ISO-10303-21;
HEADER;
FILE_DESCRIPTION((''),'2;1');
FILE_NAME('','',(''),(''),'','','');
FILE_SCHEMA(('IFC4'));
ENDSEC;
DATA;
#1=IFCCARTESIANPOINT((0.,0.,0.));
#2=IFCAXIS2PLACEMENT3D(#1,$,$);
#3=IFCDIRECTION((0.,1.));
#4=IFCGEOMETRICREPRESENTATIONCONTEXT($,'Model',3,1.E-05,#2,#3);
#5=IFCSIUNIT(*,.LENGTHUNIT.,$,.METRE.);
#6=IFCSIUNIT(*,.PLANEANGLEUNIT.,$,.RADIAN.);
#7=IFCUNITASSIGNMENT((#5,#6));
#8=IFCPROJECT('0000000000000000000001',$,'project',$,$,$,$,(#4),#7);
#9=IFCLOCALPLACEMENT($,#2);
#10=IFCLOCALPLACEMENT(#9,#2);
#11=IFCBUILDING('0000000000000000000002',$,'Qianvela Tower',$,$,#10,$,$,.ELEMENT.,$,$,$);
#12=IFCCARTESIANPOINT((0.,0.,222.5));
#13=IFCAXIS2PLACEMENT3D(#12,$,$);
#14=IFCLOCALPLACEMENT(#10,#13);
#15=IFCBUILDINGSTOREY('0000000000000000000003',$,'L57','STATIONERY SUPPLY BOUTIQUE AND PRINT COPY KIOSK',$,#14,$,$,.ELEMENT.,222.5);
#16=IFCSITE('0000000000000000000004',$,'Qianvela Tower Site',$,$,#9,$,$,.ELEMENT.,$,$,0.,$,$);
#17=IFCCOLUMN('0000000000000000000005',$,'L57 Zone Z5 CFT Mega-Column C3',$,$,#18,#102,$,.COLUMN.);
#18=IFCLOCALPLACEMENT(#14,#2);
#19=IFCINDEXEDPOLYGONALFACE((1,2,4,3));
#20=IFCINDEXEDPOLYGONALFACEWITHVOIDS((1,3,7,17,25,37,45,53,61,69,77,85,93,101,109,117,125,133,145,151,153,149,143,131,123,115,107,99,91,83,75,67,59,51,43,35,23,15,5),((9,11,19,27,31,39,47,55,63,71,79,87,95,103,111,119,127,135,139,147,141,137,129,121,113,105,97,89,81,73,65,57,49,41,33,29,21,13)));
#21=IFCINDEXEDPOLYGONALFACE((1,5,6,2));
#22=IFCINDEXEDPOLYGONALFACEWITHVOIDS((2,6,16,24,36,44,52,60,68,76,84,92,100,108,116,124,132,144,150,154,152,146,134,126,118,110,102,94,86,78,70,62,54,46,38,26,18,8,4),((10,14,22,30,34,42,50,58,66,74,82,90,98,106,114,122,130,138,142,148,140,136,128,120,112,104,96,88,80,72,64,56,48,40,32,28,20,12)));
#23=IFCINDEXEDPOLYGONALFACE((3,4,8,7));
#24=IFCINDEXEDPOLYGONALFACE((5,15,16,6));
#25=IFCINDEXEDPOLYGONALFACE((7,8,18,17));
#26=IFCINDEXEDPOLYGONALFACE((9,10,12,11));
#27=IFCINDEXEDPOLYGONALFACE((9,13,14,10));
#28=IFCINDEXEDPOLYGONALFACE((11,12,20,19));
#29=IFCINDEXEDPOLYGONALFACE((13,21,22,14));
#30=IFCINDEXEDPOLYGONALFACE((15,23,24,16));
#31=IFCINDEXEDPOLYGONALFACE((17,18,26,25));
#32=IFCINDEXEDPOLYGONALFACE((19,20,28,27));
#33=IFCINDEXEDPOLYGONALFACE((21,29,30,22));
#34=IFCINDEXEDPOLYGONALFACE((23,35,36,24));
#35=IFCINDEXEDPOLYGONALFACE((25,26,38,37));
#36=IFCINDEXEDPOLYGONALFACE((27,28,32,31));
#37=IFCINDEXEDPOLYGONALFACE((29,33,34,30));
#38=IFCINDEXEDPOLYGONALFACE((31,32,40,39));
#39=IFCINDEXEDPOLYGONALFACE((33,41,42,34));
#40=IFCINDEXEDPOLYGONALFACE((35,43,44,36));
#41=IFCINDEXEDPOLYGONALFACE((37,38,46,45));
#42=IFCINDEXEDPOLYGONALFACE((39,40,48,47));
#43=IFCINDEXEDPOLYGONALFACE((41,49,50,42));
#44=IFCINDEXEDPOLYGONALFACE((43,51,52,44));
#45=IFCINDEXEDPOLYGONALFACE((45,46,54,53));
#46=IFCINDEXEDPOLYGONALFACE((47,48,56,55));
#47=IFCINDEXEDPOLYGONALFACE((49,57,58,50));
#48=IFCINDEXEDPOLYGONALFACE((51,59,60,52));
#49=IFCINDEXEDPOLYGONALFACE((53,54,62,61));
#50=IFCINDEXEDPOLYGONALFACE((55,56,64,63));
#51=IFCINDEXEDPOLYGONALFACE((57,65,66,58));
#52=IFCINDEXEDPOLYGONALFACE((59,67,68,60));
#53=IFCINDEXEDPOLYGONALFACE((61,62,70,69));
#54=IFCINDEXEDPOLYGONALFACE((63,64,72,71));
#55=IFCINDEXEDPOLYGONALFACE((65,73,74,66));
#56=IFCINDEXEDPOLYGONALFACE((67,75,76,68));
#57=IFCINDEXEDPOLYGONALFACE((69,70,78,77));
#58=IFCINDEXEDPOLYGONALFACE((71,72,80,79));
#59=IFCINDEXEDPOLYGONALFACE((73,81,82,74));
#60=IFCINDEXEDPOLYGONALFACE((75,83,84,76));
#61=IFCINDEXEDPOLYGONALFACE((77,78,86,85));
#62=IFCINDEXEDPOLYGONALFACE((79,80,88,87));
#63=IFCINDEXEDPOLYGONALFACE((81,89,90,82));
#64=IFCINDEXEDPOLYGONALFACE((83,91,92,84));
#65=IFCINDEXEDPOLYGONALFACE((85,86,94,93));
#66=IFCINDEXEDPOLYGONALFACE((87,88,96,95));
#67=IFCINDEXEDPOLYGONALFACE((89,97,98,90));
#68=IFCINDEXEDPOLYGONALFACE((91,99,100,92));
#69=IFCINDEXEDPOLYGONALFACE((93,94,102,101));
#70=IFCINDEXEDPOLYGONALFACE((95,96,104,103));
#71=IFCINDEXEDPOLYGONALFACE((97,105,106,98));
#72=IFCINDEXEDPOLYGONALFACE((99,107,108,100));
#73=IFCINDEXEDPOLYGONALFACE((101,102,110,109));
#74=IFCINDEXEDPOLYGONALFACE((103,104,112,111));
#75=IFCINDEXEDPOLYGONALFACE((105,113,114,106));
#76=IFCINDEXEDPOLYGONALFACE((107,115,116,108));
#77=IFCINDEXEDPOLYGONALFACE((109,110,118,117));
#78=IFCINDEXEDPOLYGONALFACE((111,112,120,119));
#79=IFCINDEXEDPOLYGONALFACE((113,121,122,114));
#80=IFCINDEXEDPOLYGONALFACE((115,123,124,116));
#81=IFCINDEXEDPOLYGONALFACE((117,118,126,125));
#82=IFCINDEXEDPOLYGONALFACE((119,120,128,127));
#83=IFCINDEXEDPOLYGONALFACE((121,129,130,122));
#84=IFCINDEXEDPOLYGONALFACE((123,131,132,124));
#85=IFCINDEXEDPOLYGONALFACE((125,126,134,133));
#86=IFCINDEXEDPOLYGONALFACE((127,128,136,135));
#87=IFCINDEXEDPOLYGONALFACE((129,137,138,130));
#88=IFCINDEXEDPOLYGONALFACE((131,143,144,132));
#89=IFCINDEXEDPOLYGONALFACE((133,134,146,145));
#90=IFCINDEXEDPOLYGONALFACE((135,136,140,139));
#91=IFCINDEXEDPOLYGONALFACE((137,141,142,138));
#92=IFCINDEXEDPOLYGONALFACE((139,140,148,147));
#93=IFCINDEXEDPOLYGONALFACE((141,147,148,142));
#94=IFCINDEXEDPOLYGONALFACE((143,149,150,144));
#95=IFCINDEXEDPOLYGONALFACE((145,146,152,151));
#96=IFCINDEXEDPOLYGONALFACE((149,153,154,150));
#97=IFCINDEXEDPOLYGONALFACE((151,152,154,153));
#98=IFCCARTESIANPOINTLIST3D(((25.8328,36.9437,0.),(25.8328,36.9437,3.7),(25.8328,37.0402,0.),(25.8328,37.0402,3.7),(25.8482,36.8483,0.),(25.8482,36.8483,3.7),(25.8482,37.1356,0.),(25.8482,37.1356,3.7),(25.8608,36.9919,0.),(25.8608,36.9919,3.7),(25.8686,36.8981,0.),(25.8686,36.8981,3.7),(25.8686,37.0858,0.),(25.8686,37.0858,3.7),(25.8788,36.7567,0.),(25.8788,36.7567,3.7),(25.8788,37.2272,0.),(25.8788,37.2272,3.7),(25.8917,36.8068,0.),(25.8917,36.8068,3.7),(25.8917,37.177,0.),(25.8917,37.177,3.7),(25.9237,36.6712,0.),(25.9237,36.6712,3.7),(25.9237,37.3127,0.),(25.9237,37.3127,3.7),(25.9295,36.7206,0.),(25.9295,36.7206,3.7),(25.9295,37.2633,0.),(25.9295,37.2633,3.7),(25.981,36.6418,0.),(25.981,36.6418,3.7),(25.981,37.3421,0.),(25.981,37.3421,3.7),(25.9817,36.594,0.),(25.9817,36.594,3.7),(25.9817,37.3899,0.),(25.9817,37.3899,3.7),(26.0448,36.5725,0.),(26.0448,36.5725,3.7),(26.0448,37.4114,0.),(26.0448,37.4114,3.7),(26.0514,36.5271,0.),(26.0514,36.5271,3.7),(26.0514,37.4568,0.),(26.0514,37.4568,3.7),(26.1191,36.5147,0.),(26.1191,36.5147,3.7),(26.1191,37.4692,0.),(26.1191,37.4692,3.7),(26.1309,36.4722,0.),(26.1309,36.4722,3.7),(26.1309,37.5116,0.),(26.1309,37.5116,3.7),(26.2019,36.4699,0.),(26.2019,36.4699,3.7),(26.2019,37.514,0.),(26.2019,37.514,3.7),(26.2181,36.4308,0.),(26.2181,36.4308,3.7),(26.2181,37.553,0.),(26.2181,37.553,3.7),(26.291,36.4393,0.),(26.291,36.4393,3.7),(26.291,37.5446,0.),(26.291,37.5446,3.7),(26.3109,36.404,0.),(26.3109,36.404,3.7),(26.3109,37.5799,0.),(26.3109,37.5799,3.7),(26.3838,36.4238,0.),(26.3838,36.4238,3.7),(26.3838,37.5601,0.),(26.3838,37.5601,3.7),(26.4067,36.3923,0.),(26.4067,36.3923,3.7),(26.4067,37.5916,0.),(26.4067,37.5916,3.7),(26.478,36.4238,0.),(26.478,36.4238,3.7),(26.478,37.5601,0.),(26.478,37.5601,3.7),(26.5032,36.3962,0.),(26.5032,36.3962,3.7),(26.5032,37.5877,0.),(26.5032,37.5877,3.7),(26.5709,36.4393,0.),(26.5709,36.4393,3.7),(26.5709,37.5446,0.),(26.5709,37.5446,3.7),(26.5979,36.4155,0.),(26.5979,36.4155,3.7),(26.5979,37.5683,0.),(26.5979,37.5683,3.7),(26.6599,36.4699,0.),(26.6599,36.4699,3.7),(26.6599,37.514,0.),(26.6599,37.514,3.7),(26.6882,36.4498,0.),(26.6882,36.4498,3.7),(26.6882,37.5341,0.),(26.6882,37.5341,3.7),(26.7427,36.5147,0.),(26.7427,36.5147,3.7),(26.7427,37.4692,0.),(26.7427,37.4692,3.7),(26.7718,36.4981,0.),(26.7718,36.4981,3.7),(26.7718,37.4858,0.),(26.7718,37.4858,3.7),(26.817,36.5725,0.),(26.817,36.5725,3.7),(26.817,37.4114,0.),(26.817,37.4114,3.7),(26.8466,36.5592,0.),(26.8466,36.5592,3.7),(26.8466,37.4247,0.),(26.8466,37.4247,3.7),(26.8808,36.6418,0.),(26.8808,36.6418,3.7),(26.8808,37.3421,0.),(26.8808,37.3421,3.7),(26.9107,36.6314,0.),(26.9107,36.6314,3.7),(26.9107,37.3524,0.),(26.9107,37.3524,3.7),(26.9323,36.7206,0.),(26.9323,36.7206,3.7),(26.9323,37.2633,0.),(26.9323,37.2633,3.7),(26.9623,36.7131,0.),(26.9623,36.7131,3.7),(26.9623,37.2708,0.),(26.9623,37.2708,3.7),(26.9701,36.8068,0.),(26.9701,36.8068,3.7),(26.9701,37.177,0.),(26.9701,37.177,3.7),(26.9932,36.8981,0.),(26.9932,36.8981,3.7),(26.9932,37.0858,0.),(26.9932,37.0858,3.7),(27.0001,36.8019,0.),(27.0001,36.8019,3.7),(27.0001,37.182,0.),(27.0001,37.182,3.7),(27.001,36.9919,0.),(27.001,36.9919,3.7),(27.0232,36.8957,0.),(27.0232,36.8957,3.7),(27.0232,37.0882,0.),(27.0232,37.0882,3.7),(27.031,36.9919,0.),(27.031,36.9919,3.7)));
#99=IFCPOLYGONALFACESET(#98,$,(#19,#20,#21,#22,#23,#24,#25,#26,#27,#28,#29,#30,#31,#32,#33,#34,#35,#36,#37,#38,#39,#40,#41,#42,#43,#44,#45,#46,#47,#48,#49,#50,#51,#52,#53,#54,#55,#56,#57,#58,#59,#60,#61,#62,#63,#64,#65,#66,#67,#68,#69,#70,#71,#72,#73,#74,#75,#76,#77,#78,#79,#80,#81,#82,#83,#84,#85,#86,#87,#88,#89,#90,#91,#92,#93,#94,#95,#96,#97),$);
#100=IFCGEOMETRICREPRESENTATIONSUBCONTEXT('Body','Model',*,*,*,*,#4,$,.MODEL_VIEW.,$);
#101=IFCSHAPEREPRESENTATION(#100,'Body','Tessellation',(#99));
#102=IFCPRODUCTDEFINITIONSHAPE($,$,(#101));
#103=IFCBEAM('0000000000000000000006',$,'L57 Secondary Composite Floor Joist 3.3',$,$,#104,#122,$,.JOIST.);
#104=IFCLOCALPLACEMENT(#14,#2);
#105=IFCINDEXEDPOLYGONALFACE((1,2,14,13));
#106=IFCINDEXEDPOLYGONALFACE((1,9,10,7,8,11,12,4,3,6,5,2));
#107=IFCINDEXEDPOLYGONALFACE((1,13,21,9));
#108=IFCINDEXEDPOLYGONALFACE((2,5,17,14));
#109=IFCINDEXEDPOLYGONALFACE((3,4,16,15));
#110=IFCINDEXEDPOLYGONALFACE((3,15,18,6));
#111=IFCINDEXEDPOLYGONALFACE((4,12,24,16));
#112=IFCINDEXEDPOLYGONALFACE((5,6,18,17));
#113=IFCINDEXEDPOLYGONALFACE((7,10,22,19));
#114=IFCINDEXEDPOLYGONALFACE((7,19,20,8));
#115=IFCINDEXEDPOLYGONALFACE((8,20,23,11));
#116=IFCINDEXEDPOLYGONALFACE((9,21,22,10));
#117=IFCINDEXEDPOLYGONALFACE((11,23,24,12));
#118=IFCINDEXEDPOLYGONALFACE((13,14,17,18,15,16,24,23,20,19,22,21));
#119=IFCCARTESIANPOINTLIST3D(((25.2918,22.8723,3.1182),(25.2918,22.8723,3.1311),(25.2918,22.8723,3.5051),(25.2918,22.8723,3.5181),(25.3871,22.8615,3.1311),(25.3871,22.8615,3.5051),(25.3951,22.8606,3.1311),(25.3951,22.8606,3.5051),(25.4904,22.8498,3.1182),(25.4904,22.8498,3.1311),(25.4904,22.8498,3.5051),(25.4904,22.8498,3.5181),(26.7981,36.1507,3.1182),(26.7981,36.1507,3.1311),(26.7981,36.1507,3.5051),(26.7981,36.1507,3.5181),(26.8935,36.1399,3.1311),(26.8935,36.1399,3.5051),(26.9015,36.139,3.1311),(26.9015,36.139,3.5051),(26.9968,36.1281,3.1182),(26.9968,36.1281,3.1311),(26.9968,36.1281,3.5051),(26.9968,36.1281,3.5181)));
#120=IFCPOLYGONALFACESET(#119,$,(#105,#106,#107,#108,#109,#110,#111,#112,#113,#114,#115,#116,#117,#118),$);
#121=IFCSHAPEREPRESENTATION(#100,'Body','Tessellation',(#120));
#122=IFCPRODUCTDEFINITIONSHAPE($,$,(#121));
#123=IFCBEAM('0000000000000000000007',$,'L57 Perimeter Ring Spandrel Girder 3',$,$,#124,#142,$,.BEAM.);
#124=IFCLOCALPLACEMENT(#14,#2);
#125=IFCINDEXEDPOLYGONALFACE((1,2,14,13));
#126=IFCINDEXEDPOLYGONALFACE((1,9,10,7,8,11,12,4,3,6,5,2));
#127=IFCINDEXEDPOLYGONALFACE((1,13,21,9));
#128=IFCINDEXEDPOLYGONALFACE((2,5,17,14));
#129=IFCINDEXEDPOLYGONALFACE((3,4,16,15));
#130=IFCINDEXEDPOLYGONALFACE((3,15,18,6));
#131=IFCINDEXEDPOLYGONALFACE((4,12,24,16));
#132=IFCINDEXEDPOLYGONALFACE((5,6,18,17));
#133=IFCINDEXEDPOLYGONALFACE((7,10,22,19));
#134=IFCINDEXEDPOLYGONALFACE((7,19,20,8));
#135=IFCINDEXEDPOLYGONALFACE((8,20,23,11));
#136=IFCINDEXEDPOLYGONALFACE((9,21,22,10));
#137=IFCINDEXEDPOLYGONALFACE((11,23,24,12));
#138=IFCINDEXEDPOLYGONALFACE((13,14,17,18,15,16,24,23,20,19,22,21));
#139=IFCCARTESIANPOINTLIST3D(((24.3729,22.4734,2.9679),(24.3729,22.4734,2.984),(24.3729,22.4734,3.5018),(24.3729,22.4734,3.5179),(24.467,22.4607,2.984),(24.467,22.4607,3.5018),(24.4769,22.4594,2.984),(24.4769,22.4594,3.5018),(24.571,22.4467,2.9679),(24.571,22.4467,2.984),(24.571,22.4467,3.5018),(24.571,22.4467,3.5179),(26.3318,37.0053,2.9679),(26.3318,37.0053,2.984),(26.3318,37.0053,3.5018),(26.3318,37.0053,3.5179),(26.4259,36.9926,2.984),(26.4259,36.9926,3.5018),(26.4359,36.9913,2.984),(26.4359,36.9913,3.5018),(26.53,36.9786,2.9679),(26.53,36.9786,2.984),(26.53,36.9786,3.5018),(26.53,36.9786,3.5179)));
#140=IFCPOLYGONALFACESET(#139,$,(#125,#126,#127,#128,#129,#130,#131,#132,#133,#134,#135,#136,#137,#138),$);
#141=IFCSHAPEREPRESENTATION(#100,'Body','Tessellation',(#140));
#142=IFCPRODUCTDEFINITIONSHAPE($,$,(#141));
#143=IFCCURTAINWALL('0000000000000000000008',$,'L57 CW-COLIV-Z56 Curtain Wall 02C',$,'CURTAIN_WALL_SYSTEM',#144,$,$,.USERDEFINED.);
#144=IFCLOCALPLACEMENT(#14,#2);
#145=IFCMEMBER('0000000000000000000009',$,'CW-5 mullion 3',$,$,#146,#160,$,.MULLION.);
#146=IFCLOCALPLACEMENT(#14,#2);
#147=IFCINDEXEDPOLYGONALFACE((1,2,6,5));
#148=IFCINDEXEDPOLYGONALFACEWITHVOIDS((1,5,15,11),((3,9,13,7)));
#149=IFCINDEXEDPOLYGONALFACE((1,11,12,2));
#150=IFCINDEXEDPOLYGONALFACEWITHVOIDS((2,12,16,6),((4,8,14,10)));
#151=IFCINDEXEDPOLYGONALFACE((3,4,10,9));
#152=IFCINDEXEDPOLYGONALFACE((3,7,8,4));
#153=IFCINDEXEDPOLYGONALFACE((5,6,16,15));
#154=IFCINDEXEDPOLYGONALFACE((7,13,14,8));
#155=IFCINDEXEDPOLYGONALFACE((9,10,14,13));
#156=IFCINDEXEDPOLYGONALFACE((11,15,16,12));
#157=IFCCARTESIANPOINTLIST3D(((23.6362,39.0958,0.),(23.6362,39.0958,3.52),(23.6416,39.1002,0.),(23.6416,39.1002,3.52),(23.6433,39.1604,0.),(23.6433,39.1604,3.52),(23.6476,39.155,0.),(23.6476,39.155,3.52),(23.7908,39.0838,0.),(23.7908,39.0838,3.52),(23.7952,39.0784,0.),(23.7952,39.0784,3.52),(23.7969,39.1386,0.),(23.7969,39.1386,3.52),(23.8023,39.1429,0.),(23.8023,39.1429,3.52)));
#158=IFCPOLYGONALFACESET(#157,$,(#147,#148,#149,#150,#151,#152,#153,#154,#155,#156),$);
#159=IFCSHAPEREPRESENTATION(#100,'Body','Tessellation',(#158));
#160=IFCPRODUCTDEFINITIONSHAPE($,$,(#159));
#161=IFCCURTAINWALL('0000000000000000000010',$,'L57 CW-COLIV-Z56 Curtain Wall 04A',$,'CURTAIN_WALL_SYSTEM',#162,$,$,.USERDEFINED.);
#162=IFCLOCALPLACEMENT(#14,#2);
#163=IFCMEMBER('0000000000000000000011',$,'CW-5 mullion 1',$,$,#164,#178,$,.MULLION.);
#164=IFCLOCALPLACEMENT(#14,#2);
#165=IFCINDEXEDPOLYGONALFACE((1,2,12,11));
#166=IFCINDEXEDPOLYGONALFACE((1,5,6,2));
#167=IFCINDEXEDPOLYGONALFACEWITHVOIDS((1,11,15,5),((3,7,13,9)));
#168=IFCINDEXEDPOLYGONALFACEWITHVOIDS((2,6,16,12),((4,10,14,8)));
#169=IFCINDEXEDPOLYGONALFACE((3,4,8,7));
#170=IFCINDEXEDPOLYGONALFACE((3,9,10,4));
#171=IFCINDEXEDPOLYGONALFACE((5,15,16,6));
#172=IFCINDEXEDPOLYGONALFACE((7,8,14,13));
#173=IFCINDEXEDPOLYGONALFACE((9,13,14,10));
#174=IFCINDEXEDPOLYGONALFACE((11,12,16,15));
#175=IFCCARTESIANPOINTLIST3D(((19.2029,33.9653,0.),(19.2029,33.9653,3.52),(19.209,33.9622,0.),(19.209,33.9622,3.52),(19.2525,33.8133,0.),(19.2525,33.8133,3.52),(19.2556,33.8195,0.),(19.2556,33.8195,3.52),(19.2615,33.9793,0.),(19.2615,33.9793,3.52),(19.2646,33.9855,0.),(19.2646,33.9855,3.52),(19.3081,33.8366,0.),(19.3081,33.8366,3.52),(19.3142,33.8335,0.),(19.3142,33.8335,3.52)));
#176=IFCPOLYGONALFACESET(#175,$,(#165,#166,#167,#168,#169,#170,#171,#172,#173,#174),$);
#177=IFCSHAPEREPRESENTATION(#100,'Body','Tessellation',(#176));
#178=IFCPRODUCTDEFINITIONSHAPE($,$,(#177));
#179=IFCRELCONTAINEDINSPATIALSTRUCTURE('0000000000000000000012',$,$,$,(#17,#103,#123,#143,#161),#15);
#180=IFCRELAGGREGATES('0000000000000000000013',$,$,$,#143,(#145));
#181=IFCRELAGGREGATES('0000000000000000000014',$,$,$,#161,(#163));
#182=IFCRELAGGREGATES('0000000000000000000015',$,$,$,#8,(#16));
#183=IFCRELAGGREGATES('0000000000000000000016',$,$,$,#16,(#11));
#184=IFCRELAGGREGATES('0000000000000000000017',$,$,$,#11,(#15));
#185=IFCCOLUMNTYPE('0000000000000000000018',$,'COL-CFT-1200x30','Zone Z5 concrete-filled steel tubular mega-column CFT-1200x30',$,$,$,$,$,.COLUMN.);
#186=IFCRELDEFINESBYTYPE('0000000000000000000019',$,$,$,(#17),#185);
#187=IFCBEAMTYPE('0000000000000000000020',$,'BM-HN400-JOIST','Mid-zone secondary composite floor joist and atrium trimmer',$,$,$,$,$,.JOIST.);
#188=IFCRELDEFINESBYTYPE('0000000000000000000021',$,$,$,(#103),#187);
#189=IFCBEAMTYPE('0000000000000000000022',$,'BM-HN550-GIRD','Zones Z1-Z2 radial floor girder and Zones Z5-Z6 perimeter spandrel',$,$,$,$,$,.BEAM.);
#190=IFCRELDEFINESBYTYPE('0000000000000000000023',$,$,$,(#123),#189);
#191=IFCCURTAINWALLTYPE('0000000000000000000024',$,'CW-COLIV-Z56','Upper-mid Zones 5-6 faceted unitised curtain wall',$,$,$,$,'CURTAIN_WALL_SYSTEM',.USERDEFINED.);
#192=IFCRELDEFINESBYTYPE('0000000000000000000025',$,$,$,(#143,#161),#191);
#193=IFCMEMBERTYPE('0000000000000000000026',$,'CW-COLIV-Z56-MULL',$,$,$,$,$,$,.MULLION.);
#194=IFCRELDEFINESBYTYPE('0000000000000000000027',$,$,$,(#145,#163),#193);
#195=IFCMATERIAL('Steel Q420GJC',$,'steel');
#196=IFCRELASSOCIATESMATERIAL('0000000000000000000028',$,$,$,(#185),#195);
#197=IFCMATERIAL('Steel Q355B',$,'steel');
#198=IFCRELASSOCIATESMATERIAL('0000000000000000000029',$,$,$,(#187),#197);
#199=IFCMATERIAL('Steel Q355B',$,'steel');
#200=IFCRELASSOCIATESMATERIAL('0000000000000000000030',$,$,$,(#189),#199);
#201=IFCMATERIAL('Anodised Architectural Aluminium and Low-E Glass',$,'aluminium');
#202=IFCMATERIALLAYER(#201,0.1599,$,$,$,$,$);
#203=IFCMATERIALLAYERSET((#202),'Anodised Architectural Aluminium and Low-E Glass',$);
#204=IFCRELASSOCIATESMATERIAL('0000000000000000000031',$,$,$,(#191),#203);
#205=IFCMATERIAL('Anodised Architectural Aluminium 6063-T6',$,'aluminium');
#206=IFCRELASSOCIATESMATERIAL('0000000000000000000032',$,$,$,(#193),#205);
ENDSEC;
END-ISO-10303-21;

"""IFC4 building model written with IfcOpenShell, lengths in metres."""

from ifc_helpers import new_model, si_unit, direction, frame, origin, origin_2d, place, context, subcontext, project, spatial, hollow_rectangle, hollow_circle, i_section, extrude, material, layer, layer_set, material_profile, profile_set, type_object, element, aggregate, save


model = new_model("IFC4")

# Units and contexts
model_context = context("Model", 3, precision=1e-05, world=origin(), true_north=direction((0.0, 1.0)))
body_context = subcontext(model_context, "Body", "Model", "MODEL_VIEW")
ifc_project = project(units=[si_unit("LENGTHUNIT", "METRE"), si_unit("PLANEANGLEUNIT", "RADIAN")], contexts=[model_context])

# Site, building, storey
site_placement = place(None, origin())
site = spatial("IfcSite", under=ifc_project, at=site_placement, Name="Qianvela Tower Site", CompositionType="ELEMENT", RefElevation=0.0)
building_placement = place(site_placement, origin())
building = spatial("IfcBuilding", under=site, at=building_placement, Name="Qianvela Tower", CompositionType="ELEMENT")
storey_placement = place(building_placement, frame((0.0, 0.0, 222.5)))
storey = spatial("IfcBuildingStorey", under=building, at=storey_placement, Name="L57", Description="STATIONERY SUPPLY BOUTIQUE AND PRINT COPY KIOSK", CompositionType="ELEMENT", Elevation=222.5)

# Column
ifc_material_1 = material(Name="Steel Q420GJC", Category="steel")
ifc_material_profile_1 = material_profile(ifc_material_1, hollow_circle(Radius=0.6001, WallThickness=0.03, at=origin_2d()), Name="CFT-1200x30")
ifc_profile_set_1 = profile_set([ifc_material_profile_1], Name="Steel Q420GJC")
column_type = type_object("IfcColumnType", Name="COL-CFT-1200x30", Description="Zone Z5 concrete-filled steel tubular mega-column CFT-1200x30", PredefinedType="COLUMN", material=ifc_profile_set_1)
column_placement = place(storey_placement, frame((26.4309, 36.9919, 0.0), z_axis=(0.0, 0.0, 1.0), x_axis=(1.0, 0.0, 0.0)))
element("IfcColumn", 1, at=column_placement, inside=storey, type_object=column_type, Name="L57 Zone Z5 CFT Mega-Column C3", PredefinedType="COLUMN", context=body_context, shape_type="SweptSolid", body=[
    extrude(hollow_circle(Radius=0.6001, WallThickness=0.03, at=origin_2d()), origin(), (0.0, 0.0, 1.0), 3.7),
])

# Beams
ifc_material_2 = material(Name="Steel Q355B", Category="steel")
ifc_material_profile_2 = material_profile(ifc_material_2, i_section(OverallWidth=0.2, OverallDepth=0.3999, WebThickness=0.0081, FlangeThickness=0.0129, at=origin_2d()), Name="HN400x200x8x13")
ifc_profile_set_2 = profile_set([ifc_material_profile_2], Name="Steel Q355B")
beam_type_1 = type_object("IfcBeamType", Name="BM-HN400-JOIST", Description="Mid-zone secondary composite floor joist and atrium trimmer", PredefinedType="JOIST", material=ifc_profile_set_2)
beam_1_placement = place(storey_placement, frame((26.8975, 36.1394, 3.3181), z_axis=(-0.112721, -0.993627, 0.0), x_axis=(0.993627, -0.112721, 0.0)))
element("IfcBeam", 2, at=beam_1_placement, inside=storey, type_object=beam_type_1, Name="L57 Secondary Composite Floor Joist 3.3", PredefinedType="JOIST", context=body_context, shape_type="SweptSolid", body=[
    extrude(i_section(OverallWidth=0.2, OverallDepth=0.3999, WebThickness=0.0081, FlangeThickness=0.0129, at=origin_2d()), origin(), (0.0, 0.0, 1.0), 13.3635),
])
ifc_material_3 = material(Name="Steel Q355B", Category="steel")
ifc_material_profile_3 = material_profile(ifc_material_3, i_section(OverallWidth=0.2, OverallDepth=0.55, WebThickness=0.01, FlangeThickness=0.0161, at=origin_2d()), Name="HN550x200x10x16")
ifc_profile_set_3 = profile_set([ifc_material_profile_3], Name="Steel Q355B")
beam_type_2 = type_object("IfcBeamType", Name="BM-HN550-GIRD", Description="Zones Z1-Z2 radial floor girder and Zones Z5-Z6 perimeter spandrel", PredefinedType="BEAM", material=ifc_profile_set_3)
beam_2_placement = place(storey_placement, frame((26.4309, 36.9919, 3.2429), z_axis=(-0.133597, -0.991036, 0.0), x_axis=(0.991036, -0.133597, 0.0)))
element("IfcBeam", 3, at=beam_2_placement, inside=storey, type_object=beam_type_2, Name="L57 Perimeter Ring Spandrel Girder 3", PredefinedType="BEAM", context=body_context, shape_type="SweptSolid", body=[
    extrude(i_section(OverallWidth=0.2, OverallDepth=0.55, WebThickness=0.01, FlangeThickness=0.0161, at=origin_2d()), origin(), (0.0, 0.0, 1.0), 14.6633),
])

# Curtain wall, member
ifc_material_4 = material(Name="Anodised Architectural Aluminium and Low-E Glass", Category="aluminium")
ifc_layer_1 = layer(ifc_material_4, 0.1599)
ifc_layer_set_1 = layer_set([ifc_layer_1], Name="Anodised Architectural Aluminium and Low-E Glass")
curtain_wall_type = type_object("IfcCurtainWallType", Name="CW-COLIV-Z56", Description="Upper-mid Zones 5-6 faceted unitised curtain wall", ElementType="CURTAIN_WALL_SYSTEM", PredefinedType="USERDEFINED", material=ifc_layer_set_1)
curtain_wall_1_placement = place(storey_placement, origin())
curtain_wall_1 = element("IfcCurtainWall", 4, at=curtain_wall_1_placement, inside=storey, type_object=curtain_wall_type, Name="L57 CW-COLIV-Z56 Curtain Wall 02C", ObjectType="CURTAIN_WALL_SYSTEM", PredefinedType="USERDEFINED")
ifc_material_5 = material(Name="Anodised Architectural Aluminium 6063-T6", Category="aluminium")
ifc_material_profile_4 = material_profile(ifc_material_5, hollow_rectangle(XDim=0.0649, YDim=0.1599, WallThickness=0.0049, at=origin_2d()), Name="ALU-MULL-65x160")
ifc_profile_set_4 = profile_set([ifc_material_profile_4], Name="Anodised Architectural Aluminium 6063-T6")
member_type_1 = type_object("IfcMemberType", Name="CW-COLIV-Z56-MULL", PredefinedType="MULLION", material=ifc_profile_set_4)
member_1_placement = place(storey_placement, frame((23.7192, 39.1194, 0.0), z_axis=(0.0, 0.0, 1.0), x_axis=(-0.109262, -0.994013, 0.0)))
member_1 = element("IfcMember", 5, at=member_1_placement, type_object=member_type_1, Name="CW-5 mullion 3", PredefinedType="MULLION", context=body_context, shape_type="SweptSolid", body=[
    extrude(hollow_rectangle(XDim=0.0649, YDim=0.1599, WallThickness=0.0049, at=origin_2d()), origin(), (0.0, 0.0, 1.0), 3.52),
])
aggregate(curtain_wall_1, [member_1])

# Curtain wall, member
curtain_wall_2_placement = place(storey_placement, origin())
curtain_wall_2 = element("IfcCurtainWall", 6, at=curtain_wall_2_placement, inside=storey, type_object=curtain_wall_type, Name="L57 CW-COLIV-Z56 Curtain Wall 04A", ObjectType="CURTAIN_WALL_SYSTEM", PredefinedType="USERDEFINED")
member_2_placement = place(storey_placement, frame((19.2585, 33.8994, 0.0), z_axis=(0.0, 0.0, 1.0), x_axis=(0.950625, 0.310341, 0.0)))
member_2 = element("IfcMember", 7, at=member_2_placement, type_object=member_type_1, Name="CW-5 mullion 1", PredefinedType="MULLION", context=body_context, shape_type="SweptSolid", body=[
    extrude(hollow_rectangle(XDim=0.0649, YDim=0.1599, WallThickness=0.0049, at=origin_2d()), origin(), (0.0, 0.0, 1.0), 3.52),
])
aggregate(curtain_wall_2, [member_2])

save(model, "model.ifc")
